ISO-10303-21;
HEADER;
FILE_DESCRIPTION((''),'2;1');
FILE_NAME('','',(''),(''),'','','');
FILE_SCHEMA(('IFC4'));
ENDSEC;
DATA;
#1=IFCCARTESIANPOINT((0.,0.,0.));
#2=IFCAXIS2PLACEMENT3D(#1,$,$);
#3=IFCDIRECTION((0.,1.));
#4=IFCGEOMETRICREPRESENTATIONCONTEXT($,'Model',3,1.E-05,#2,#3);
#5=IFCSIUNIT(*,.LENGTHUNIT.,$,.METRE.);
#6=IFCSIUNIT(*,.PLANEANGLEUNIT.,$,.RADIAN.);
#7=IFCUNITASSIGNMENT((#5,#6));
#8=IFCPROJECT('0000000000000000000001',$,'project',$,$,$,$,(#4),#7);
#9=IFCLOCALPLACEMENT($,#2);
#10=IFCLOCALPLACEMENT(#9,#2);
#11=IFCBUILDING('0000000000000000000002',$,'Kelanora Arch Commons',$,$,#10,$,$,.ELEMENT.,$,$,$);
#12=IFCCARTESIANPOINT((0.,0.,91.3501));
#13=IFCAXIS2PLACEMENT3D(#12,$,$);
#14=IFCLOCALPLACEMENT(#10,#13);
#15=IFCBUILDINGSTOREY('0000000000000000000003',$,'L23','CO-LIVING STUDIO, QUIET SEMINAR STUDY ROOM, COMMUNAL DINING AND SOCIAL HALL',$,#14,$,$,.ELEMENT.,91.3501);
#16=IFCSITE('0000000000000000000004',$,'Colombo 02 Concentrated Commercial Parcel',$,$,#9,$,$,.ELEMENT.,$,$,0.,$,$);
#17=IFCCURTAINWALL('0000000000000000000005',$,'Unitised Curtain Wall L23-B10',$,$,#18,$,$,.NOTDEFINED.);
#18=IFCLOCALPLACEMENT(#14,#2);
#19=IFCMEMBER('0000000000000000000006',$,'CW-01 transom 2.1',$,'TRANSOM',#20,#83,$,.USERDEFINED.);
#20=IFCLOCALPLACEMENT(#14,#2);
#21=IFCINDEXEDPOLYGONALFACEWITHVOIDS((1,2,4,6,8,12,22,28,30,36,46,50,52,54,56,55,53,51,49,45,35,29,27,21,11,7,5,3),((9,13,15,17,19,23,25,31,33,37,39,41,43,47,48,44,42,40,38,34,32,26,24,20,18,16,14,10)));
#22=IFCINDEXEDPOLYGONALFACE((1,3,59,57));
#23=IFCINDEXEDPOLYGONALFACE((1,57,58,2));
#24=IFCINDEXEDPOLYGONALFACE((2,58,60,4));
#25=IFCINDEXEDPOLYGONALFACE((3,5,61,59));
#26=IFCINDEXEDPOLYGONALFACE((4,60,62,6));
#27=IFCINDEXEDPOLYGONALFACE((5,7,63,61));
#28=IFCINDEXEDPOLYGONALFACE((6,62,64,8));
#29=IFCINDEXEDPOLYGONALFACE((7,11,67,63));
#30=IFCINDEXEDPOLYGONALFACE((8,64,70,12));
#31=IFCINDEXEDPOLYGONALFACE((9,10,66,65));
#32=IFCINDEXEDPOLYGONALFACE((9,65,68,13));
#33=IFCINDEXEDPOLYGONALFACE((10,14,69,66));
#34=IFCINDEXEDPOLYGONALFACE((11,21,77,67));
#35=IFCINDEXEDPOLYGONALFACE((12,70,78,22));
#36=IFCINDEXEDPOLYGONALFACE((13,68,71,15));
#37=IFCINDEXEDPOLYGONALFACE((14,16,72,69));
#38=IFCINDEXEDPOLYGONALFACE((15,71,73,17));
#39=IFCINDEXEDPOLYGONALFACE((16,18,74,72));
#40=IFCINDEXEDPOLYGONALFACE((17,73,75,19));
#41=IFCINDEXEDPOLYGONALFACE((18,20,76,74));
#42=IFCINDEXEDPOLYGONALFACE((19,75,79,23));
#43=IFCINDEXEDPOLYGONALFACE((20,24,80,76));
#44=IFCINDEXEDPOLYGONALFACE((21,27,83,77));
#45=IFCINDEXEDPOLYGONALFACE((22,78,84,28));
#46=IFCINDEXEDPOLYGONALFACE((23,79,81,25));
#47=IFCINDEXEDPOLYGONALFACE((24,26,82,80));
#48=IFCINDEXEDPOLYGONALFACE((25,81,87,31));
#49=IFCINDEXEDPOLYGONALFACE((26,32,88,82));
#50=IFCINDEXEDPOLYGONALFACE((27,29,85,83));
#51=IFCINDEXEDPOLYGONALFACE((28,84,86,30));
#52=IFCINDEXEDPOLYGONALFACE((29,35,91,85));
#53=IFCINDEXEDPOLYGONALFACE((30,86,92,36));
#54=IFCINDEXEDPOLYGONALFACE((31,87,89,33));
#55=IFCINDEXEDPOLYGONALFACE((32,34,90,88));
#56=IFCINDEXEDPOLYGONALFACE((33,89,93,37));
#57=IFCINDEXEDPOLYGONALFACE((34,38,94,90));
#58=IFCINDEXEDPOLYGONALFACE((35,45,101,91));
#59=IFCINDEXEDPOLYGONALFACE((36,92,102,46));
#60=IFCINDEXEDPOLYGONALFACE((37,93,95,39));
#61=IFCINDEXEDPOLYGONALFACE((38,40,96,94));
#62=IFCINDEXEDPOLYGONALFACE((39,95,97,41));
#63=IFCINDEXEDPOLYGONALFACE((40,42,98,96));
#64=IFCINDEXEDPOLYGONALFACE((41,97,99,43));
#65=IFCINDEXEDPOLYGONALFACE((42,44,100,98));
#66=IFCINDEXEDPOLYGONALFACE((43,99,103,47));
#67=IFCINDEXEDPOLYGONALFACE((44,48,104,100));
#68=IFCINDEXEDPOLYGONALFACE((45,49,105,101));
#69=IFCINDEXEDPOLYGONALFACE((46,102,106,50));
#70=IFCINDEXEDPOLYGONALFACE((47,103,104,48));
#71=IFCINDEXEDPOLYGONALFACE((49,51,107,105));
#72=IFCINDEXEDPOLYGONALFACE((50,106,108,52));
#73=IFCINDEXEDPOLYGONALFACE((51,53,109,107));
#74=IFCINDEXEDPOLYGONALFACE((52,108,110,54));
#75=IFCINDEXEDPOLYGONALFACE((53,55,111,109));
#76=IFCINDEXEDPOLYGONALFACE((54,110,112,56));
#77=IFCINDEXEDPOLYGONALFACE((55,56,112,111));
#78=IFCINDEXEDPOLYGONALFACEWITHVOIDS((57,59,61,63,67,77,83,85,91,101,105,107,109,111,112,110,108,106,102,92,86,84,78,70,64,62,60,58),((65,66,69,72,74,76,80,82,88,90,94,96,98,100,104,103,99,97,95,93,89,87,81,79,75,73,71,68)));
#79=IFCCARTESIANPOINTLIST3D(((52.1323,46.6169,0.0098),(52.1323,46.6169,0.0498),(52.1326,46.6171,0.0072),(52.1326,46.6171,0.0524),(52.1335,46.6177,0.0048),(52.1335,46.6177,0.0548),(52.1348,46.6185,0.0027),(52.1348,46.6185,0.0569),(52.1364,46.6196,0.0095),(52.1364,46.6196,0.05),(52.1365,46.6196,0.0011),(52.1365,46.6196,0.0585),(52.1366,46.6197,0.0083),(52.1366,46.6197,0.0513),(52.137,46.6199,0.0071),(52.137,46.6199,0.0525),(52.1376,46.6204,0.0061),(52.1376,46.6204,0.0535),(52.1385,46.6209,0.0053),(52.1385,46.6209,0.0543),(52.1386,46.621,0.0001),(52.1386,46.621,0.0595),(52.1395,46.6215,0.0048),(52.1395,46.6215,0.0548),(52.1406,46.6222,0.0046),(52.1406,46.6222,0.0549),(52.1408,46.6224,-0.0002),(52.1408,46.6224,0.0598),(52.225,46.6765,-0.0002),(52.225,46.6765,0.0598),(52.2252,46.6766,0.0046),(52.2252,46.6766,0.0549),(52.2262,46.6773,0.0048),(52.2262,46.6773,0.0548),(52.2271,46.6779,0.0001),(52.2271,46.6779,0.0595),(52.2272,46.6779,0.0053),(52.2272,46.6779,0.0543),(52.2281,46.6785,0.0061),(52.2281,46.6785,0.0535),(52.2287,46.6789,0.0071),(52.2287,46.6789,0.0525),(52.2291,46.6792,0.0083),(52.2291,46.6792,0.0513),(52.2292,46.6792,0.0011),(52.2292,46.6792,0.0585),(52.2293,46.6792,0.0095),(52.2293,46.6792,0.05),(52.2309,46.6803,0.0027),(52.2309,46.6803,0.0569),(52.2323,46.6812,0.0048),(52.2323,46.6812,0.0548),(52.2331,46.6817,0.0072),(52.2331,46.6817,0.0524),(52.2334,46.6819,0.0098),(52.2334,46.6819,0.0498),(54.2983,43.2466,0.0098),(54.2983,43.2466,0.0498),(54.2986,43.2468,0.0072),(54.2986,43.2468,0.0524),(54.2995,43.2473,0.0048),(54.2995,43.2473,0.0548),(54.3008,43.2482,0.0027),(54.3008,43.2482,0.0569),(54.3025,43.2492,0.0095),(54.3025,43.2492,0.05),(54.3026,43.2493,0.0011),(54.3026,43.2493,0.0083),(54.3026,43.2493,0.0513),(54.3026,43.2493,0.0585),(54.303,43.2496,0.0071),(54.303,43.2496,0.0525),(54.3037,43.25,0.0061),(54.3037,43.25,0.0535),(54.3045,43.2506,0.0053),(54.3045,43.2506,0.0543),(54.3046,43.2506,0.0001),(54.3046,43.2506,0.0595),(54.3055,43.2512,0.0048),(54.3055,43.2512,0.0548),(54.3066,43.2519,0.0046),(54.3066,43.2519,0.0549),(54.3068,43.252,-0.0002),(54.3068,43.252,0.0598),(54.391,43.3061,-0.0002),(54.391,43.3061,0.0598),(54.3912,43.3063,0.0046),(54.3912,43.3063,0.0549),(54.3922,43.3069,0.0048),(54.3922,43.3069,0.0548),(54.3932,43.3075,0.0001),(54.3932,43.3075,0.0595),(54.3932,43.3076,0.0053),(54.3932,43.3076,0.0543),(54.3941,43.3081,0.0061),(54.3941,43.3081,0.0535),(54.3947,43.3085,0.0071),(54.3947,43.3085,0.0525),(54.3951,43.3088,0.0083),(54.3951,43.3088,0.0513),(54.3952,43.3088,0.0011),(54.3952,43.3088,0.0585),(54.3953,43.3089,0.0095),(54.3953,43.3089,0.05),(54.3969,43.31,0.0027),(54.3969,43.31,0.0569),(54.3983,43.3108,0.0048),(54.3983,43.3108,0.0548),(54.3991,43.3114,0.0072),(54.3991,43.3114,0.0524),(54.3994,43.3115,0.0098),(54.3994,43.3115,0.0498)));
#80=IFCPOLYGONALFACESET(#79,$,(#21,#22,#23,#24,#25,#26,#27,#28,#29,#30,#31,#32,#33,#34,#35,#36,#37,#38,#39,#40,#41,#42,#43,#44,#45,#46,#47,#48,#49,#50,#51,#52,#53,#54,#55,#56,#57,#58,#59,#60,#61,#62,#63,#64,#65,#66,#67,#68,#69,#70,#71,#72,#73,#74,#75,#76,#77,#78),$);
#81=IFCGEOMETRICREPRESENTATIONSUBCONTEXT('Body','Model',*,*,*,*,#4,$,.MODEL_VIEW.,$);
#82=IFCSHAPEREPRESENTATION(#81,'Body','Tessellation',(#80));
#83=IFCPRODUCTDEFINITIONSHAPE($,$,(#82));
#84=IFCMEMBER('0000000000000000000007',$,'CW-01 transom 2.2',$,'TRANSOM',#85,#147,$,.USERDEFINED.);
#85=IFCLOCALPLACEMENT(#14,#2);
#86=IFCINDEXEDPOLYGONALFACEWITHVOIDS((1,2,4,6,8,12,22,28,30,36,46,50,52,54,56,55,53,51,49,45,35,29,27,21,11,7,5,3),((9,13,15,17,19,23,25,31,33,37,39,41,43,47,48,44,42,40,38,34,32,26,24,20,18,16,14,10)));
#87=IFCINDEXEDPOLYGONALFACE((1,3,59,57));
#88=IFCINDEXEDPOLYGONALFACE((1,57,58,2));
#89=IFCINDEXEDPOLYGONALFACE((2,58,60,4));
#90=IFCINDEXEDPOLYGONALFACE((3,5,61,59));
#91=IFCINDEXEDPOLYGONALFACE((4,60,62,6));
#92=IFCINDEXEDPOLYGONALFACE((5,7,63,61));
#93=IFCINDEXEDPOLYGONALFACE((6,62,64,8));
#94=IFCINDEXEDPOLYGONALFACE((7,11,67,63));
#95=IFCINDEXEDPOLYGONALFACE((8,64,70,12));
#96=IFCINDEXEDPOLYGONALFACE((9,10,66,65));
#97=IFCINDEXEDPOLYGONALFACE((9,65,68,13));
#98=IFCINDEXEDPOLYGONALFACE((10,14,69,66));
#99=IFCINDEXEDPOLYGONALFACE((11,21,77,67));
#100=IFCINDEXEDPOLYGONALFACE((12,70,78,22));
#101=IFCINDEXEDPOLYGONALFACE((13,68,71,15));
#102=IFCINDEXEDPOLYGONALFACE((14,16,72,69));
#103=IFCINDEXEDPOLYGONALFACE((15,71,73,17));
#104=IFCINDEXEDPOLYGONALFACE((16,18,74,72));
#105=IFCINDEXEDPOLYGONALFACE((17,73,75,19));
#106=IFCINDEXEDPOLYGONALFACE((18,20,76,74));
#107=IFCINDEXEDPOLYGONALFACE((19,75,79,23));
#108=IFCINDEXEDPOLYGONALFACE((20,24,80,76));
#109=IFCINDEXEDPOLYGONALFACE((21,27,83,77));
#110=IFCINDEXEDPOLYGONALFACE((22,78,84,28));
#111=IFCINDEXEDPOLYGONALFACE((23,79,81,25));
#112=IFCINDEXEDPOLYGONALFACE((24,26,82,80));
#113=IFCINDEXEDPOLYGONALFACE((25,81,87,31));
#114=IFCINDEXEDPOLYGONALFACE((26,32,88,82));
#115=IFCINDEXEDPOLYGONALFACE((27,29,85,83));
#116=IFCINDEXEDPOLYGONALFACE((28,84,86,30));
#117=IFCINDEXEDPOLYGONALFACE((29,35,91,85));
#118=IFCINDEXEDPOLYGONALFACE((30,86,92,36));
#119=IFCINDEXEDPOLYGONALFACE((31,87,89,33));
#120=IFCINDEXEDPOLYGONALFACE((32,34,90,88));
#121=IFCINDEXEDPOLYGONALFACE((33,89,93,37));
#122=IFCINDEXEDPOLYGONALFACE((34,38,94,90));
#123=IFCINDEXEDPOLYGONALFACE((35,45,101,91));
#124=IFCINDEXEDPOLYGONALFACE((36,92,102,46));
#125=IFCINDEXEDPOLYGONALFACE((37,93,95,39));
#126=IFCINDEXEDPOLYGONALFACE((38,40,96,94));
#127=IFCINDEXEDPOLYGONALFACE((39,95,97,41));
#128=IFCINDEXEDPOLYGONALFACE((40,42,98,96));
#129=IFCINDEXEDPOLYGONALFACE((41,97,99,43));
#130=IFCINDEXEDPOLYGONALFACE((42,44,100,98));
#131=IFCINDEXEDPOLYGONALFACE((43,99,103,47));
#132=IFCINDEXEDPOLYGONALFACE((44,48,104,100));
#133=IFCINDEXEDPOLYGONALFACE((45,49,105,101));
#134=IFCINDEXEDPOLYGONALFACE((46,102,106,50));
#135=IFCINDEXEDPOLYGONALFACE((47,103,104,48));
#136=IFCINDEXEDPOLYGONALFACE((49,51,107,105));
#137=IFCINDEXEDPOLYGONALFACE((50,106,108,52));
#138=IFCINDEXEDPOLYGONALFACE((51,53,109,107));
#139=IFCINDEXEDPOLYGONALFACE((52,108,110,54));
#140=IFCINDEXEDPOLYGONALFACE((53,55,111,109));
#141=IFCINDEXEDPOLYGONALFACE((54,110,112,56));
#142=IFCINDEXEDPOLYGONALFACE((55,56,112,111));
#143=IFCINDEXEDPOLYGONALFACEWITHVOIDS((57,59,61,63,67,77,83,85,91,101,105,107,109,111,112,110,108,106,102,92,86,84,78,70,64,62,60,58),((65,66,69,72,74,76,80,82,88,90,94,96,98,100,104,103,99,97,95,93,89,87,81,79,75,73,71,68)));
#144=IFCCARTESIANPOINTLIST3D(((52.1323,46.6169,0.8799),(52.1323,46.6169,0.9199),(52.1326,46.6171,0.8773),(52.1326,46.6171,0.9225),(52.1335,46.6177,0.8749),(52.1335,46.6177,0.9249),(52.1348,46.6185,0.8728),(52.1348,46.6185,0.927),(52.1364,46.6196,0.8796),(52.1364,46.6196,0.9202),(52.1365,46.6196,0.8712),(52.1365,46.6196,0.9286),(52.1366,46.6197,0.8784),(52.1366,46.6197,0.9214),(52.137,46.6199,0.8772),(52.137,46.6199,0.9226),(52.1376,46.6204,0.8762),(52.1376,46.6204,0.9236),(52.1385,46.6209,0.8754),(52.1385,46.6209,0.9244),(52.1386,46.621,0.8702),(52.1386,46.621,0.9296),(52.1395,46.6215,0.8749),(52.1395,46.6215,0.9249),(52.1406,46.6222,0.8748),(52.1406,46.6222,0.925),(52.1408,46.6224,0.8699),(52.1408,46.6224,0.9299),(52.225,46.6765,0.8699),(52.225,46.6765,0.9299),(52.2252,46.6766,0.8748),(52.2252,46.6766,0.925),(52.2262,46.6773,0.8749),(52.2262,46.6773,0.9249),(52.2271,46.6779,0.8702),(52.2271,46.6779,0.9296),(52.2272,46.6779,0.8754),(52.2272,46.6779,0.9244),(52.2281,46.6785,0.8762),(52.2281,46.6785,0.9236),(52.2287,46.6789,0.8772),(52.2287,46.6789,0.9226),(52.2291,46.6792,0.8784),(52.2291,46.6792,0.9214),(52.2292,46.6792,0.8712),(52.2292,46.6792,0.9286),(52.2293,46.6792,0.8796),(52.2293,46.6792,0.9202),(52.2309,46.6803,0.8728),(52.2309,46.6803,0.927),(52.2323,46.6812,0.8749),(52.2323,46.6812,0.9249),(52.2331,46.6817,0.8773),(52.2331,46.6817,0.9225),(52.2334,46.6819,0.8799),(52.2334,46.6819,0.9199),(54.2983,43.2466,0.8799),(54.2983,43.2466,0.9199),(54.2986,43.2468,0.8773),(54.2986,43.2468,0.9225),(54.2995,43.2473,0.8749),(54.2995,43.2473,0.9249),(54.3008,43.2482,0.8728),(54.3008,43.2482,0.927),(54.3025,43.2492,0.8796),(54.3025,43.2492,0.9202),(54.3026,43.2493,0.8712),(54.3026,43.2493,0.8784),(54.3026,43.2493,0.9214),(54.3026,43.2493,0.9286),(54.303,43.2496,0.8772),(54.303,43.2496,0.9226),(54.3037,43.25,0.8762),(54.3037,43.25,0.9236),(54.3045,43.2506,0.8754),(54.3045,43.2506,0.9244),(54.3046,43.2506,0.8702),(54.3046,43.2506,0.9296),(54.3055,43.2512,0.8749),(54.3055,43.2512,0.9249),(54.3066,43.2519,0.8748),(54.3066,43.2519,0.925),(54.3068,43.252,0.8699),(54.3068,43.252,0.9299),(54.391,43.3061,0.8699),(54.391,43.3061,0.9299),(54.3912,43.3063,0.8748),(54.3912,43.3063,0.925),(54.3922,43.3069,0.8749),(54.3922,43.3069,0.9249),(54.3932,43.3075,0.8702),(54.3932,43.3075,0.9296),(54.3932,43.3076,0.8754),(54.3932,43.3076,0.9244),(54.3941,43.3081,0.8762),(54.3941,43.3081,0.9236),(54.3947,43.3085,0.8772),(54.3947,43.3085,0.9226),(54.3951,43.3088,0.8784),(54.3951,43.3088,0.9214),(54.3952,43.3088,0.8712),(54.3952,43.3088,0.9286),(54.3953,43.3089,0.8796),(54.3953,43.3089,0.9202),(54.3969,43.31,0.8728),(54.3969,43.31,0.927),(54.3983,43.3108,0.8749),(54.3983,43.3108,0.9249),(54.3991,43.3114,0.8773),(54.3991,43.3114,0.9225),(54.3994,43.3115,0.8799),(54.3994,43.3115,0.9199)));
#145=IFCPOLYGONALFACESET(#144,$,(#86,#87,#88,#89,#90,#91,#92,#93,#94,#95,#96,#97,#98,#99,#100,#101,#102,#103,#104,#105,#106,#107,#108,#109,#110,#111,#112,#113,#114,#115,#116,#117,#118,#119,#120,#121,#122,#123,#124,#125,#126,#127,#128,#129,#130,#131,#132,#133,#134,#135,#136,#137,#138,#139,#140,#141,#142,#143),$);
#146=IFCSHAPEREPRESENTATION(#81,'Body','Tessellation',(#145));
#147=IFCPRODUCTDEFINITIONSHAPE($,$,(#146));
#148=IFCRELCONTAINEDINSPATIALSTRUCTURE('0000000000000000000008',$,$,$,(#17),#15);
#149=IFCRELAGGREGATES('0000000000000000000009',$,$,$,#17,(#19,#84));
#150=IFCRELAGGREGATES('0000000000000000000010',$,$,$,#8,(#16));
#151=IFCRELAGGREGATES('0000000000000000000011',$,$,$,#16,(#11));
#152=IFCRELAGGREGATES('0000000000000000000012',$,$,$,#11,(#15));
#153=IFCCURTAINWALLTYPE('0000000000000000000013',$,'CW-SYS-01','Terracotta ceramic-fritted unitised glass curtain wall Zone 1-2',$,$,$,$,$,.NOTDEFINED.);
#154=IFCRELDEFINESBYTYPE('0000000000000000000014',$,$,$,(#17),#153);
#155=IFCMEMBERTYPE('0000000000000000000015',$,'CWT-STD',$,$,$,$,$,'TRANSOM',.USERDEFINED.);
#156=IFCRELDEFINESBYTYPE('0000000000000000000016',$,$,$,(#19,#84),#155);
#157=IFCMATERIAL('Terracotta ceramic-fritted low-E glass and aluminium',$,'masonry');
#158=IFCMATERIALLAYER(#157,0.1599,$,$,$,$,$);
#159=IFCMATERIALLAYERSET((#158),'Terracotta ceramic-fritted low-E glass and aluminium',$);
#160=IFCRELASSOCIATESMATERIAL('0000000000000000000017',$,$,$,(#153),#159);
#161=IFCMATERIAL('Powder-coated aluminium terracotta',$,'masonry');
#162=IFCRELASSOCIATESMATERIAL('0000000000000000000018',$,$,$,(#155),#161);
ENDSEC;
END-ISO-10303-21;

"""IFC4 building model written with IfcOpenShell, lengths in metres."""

from ifc_helpers import new_model, si_unit, direction, frame, origin, origin_2d, place, context, subcontext, project, spatial, hollow_rectangle, extrude, material, layer, layer_set, material_profile, profile_set, type_object, element, aggregate, save


model = new_model("IFC4")

# Units and contexts
model_context = context("Model", 3, precision=1e-05, world=origin(), true_north=direction((0.0, 1.0)))
body_context = subcontext(model_context, "Body", "Model", "MODEL_VIEW")
ifc_project = project(units=[si_unit("LENGTHUNIT", "METRE"), si_unit("PLANEANGLEUNIT", "RADIAN")], contexts=[model_context])

# Site, building, storey
site_placement = place(None, origin())
site = spatial("IfcSite", under=ifc_project, at=site_placement, Name="Colombo 02 Concentrated Commercial Parcel", CompositionType="ELEMENT", RefElevation=0.0)
building_placement = place(site_placement, origin())
building = spatial("IfcBuilding", under=site, at=building_placement, Name="Kelanora Arch Commons", CompositionType="ELEMENT")
storey_placement = place(building_placement, frame((0.0, 0.0, 91.3501)))
storey = spatial("IfcBuildingStorey", under=building, at=storey_placement, Name="L23", Description="CO-LIVING STUDIO, QUIET SEMINAR STUDY ROOM, COMMUNAL DINING AND SOCIAL HALL", CompositionType="ELEMENT", Elevation=91.3501)

# Shared definitions
ifc_material_1 = material(Name="Terracotta ceramic-fritted low-E glass and aluminium", Category="masonry")
ifc_layer_1 = layer(ifc_material_1, 0.1599)
ifc_layer_set_1 = layer_set([ifc_layer_1], Name="Terracotta ceramic-fritted low-E glass and aluminium")
curtain_wall_type = type_object("IfcCurtainWallType", Name="CW-SYS-01", Description="Terracotta ceramic-fritted unitised glass curtain wall Zone 1-2", PredefinedType="NOTDEFINED", material=ifc_layer_set_1)
ifc_material_2 = material(Name="Powder-coated aluminium terracotta", Category="masonry")

# Curtain wall, members
curtain_wall_1_placement = place(storey_placement, origin())
curtain_wall_1 = element("IfcCurtainWall", 1, at=curtain_wall_1_placement, inside=storey, type_object=curtain_wall_type, Name="Unitised Curtain Wall L23-B10", PredefinedType="NOTDEFINED")
ifc_material_profile_1 = material_profile(ifc_material_2, hollow_rectangle(XDim=0.1201, YDim=0.0601, WallThickness=0.0049, InnerFilletRadius=0.0049, OuterFilletRadius=0.01, at=origin_2d()), Name="CWT120x60")
ifc_profile_set_1 = profile_set([ifc_material_profile_1], Name="Powder-coated aluminium terracotta")
member_type_1 = type_object("IfcMemberType", Name="CWT-STD", ElementType="TRANSOM", PredefinedType="USERDEFINED", material=ifc_profile_set_1)
member_1_placement = place(storey_placement, frame((52.1829, 46.6494, 0.0298), z_axis=(0.540644, -0.841252, 0.0), x_axis=(0.841252, 0.540644, 0.0)))
member_1 = element("IfcMember", 2, at=member_1_placement, type_object=member_type_1, Name="CW-01 transom 2.1", ObjectType="TRANSOM", PredefinedType="USERDEFINED", context=body_context, shape_type="SweptSolid", body=[
    extrude(hollow_rectangle(XDim=0.1201, YDim=0.0601, WallThickness=0.0049, InnerFilletRadius=0.0049, OuterFilletRadius=0.01, at=origin_2d()), origin(), (0.0, 0.0, 1.0), 4.0063),
])
member_2_placement = place(storey_placement, frame((52.1829, 46.6494, 0.8999), z_axis=(0.540644, -0.841252, 0.0), x_axis=(0.841252, 0.540644, 0.0)))
member_2 = element("IfcMember", 3, at=member_2_placement, type_object=member_type_1, Name="CW-01 transom 2.2", ObjectType="TRANSOM", PredefinedType="USERDEFINED", context=body_context, shape_type="SweptSolid", body=[
    extrude(hollow_rectangle(XDim=0.1201, YDim=0.0601, WallThickness=0.0049, InnerFilletRadius=0.0049, OuterFilletRadius=0.01, at=origin_2d()), origin(), (0.0, 0.0, 1.0), 4.0063),
])

aggregate(curtain_wall_1, [member_1, member_2])

save(model, "model.ifc")
